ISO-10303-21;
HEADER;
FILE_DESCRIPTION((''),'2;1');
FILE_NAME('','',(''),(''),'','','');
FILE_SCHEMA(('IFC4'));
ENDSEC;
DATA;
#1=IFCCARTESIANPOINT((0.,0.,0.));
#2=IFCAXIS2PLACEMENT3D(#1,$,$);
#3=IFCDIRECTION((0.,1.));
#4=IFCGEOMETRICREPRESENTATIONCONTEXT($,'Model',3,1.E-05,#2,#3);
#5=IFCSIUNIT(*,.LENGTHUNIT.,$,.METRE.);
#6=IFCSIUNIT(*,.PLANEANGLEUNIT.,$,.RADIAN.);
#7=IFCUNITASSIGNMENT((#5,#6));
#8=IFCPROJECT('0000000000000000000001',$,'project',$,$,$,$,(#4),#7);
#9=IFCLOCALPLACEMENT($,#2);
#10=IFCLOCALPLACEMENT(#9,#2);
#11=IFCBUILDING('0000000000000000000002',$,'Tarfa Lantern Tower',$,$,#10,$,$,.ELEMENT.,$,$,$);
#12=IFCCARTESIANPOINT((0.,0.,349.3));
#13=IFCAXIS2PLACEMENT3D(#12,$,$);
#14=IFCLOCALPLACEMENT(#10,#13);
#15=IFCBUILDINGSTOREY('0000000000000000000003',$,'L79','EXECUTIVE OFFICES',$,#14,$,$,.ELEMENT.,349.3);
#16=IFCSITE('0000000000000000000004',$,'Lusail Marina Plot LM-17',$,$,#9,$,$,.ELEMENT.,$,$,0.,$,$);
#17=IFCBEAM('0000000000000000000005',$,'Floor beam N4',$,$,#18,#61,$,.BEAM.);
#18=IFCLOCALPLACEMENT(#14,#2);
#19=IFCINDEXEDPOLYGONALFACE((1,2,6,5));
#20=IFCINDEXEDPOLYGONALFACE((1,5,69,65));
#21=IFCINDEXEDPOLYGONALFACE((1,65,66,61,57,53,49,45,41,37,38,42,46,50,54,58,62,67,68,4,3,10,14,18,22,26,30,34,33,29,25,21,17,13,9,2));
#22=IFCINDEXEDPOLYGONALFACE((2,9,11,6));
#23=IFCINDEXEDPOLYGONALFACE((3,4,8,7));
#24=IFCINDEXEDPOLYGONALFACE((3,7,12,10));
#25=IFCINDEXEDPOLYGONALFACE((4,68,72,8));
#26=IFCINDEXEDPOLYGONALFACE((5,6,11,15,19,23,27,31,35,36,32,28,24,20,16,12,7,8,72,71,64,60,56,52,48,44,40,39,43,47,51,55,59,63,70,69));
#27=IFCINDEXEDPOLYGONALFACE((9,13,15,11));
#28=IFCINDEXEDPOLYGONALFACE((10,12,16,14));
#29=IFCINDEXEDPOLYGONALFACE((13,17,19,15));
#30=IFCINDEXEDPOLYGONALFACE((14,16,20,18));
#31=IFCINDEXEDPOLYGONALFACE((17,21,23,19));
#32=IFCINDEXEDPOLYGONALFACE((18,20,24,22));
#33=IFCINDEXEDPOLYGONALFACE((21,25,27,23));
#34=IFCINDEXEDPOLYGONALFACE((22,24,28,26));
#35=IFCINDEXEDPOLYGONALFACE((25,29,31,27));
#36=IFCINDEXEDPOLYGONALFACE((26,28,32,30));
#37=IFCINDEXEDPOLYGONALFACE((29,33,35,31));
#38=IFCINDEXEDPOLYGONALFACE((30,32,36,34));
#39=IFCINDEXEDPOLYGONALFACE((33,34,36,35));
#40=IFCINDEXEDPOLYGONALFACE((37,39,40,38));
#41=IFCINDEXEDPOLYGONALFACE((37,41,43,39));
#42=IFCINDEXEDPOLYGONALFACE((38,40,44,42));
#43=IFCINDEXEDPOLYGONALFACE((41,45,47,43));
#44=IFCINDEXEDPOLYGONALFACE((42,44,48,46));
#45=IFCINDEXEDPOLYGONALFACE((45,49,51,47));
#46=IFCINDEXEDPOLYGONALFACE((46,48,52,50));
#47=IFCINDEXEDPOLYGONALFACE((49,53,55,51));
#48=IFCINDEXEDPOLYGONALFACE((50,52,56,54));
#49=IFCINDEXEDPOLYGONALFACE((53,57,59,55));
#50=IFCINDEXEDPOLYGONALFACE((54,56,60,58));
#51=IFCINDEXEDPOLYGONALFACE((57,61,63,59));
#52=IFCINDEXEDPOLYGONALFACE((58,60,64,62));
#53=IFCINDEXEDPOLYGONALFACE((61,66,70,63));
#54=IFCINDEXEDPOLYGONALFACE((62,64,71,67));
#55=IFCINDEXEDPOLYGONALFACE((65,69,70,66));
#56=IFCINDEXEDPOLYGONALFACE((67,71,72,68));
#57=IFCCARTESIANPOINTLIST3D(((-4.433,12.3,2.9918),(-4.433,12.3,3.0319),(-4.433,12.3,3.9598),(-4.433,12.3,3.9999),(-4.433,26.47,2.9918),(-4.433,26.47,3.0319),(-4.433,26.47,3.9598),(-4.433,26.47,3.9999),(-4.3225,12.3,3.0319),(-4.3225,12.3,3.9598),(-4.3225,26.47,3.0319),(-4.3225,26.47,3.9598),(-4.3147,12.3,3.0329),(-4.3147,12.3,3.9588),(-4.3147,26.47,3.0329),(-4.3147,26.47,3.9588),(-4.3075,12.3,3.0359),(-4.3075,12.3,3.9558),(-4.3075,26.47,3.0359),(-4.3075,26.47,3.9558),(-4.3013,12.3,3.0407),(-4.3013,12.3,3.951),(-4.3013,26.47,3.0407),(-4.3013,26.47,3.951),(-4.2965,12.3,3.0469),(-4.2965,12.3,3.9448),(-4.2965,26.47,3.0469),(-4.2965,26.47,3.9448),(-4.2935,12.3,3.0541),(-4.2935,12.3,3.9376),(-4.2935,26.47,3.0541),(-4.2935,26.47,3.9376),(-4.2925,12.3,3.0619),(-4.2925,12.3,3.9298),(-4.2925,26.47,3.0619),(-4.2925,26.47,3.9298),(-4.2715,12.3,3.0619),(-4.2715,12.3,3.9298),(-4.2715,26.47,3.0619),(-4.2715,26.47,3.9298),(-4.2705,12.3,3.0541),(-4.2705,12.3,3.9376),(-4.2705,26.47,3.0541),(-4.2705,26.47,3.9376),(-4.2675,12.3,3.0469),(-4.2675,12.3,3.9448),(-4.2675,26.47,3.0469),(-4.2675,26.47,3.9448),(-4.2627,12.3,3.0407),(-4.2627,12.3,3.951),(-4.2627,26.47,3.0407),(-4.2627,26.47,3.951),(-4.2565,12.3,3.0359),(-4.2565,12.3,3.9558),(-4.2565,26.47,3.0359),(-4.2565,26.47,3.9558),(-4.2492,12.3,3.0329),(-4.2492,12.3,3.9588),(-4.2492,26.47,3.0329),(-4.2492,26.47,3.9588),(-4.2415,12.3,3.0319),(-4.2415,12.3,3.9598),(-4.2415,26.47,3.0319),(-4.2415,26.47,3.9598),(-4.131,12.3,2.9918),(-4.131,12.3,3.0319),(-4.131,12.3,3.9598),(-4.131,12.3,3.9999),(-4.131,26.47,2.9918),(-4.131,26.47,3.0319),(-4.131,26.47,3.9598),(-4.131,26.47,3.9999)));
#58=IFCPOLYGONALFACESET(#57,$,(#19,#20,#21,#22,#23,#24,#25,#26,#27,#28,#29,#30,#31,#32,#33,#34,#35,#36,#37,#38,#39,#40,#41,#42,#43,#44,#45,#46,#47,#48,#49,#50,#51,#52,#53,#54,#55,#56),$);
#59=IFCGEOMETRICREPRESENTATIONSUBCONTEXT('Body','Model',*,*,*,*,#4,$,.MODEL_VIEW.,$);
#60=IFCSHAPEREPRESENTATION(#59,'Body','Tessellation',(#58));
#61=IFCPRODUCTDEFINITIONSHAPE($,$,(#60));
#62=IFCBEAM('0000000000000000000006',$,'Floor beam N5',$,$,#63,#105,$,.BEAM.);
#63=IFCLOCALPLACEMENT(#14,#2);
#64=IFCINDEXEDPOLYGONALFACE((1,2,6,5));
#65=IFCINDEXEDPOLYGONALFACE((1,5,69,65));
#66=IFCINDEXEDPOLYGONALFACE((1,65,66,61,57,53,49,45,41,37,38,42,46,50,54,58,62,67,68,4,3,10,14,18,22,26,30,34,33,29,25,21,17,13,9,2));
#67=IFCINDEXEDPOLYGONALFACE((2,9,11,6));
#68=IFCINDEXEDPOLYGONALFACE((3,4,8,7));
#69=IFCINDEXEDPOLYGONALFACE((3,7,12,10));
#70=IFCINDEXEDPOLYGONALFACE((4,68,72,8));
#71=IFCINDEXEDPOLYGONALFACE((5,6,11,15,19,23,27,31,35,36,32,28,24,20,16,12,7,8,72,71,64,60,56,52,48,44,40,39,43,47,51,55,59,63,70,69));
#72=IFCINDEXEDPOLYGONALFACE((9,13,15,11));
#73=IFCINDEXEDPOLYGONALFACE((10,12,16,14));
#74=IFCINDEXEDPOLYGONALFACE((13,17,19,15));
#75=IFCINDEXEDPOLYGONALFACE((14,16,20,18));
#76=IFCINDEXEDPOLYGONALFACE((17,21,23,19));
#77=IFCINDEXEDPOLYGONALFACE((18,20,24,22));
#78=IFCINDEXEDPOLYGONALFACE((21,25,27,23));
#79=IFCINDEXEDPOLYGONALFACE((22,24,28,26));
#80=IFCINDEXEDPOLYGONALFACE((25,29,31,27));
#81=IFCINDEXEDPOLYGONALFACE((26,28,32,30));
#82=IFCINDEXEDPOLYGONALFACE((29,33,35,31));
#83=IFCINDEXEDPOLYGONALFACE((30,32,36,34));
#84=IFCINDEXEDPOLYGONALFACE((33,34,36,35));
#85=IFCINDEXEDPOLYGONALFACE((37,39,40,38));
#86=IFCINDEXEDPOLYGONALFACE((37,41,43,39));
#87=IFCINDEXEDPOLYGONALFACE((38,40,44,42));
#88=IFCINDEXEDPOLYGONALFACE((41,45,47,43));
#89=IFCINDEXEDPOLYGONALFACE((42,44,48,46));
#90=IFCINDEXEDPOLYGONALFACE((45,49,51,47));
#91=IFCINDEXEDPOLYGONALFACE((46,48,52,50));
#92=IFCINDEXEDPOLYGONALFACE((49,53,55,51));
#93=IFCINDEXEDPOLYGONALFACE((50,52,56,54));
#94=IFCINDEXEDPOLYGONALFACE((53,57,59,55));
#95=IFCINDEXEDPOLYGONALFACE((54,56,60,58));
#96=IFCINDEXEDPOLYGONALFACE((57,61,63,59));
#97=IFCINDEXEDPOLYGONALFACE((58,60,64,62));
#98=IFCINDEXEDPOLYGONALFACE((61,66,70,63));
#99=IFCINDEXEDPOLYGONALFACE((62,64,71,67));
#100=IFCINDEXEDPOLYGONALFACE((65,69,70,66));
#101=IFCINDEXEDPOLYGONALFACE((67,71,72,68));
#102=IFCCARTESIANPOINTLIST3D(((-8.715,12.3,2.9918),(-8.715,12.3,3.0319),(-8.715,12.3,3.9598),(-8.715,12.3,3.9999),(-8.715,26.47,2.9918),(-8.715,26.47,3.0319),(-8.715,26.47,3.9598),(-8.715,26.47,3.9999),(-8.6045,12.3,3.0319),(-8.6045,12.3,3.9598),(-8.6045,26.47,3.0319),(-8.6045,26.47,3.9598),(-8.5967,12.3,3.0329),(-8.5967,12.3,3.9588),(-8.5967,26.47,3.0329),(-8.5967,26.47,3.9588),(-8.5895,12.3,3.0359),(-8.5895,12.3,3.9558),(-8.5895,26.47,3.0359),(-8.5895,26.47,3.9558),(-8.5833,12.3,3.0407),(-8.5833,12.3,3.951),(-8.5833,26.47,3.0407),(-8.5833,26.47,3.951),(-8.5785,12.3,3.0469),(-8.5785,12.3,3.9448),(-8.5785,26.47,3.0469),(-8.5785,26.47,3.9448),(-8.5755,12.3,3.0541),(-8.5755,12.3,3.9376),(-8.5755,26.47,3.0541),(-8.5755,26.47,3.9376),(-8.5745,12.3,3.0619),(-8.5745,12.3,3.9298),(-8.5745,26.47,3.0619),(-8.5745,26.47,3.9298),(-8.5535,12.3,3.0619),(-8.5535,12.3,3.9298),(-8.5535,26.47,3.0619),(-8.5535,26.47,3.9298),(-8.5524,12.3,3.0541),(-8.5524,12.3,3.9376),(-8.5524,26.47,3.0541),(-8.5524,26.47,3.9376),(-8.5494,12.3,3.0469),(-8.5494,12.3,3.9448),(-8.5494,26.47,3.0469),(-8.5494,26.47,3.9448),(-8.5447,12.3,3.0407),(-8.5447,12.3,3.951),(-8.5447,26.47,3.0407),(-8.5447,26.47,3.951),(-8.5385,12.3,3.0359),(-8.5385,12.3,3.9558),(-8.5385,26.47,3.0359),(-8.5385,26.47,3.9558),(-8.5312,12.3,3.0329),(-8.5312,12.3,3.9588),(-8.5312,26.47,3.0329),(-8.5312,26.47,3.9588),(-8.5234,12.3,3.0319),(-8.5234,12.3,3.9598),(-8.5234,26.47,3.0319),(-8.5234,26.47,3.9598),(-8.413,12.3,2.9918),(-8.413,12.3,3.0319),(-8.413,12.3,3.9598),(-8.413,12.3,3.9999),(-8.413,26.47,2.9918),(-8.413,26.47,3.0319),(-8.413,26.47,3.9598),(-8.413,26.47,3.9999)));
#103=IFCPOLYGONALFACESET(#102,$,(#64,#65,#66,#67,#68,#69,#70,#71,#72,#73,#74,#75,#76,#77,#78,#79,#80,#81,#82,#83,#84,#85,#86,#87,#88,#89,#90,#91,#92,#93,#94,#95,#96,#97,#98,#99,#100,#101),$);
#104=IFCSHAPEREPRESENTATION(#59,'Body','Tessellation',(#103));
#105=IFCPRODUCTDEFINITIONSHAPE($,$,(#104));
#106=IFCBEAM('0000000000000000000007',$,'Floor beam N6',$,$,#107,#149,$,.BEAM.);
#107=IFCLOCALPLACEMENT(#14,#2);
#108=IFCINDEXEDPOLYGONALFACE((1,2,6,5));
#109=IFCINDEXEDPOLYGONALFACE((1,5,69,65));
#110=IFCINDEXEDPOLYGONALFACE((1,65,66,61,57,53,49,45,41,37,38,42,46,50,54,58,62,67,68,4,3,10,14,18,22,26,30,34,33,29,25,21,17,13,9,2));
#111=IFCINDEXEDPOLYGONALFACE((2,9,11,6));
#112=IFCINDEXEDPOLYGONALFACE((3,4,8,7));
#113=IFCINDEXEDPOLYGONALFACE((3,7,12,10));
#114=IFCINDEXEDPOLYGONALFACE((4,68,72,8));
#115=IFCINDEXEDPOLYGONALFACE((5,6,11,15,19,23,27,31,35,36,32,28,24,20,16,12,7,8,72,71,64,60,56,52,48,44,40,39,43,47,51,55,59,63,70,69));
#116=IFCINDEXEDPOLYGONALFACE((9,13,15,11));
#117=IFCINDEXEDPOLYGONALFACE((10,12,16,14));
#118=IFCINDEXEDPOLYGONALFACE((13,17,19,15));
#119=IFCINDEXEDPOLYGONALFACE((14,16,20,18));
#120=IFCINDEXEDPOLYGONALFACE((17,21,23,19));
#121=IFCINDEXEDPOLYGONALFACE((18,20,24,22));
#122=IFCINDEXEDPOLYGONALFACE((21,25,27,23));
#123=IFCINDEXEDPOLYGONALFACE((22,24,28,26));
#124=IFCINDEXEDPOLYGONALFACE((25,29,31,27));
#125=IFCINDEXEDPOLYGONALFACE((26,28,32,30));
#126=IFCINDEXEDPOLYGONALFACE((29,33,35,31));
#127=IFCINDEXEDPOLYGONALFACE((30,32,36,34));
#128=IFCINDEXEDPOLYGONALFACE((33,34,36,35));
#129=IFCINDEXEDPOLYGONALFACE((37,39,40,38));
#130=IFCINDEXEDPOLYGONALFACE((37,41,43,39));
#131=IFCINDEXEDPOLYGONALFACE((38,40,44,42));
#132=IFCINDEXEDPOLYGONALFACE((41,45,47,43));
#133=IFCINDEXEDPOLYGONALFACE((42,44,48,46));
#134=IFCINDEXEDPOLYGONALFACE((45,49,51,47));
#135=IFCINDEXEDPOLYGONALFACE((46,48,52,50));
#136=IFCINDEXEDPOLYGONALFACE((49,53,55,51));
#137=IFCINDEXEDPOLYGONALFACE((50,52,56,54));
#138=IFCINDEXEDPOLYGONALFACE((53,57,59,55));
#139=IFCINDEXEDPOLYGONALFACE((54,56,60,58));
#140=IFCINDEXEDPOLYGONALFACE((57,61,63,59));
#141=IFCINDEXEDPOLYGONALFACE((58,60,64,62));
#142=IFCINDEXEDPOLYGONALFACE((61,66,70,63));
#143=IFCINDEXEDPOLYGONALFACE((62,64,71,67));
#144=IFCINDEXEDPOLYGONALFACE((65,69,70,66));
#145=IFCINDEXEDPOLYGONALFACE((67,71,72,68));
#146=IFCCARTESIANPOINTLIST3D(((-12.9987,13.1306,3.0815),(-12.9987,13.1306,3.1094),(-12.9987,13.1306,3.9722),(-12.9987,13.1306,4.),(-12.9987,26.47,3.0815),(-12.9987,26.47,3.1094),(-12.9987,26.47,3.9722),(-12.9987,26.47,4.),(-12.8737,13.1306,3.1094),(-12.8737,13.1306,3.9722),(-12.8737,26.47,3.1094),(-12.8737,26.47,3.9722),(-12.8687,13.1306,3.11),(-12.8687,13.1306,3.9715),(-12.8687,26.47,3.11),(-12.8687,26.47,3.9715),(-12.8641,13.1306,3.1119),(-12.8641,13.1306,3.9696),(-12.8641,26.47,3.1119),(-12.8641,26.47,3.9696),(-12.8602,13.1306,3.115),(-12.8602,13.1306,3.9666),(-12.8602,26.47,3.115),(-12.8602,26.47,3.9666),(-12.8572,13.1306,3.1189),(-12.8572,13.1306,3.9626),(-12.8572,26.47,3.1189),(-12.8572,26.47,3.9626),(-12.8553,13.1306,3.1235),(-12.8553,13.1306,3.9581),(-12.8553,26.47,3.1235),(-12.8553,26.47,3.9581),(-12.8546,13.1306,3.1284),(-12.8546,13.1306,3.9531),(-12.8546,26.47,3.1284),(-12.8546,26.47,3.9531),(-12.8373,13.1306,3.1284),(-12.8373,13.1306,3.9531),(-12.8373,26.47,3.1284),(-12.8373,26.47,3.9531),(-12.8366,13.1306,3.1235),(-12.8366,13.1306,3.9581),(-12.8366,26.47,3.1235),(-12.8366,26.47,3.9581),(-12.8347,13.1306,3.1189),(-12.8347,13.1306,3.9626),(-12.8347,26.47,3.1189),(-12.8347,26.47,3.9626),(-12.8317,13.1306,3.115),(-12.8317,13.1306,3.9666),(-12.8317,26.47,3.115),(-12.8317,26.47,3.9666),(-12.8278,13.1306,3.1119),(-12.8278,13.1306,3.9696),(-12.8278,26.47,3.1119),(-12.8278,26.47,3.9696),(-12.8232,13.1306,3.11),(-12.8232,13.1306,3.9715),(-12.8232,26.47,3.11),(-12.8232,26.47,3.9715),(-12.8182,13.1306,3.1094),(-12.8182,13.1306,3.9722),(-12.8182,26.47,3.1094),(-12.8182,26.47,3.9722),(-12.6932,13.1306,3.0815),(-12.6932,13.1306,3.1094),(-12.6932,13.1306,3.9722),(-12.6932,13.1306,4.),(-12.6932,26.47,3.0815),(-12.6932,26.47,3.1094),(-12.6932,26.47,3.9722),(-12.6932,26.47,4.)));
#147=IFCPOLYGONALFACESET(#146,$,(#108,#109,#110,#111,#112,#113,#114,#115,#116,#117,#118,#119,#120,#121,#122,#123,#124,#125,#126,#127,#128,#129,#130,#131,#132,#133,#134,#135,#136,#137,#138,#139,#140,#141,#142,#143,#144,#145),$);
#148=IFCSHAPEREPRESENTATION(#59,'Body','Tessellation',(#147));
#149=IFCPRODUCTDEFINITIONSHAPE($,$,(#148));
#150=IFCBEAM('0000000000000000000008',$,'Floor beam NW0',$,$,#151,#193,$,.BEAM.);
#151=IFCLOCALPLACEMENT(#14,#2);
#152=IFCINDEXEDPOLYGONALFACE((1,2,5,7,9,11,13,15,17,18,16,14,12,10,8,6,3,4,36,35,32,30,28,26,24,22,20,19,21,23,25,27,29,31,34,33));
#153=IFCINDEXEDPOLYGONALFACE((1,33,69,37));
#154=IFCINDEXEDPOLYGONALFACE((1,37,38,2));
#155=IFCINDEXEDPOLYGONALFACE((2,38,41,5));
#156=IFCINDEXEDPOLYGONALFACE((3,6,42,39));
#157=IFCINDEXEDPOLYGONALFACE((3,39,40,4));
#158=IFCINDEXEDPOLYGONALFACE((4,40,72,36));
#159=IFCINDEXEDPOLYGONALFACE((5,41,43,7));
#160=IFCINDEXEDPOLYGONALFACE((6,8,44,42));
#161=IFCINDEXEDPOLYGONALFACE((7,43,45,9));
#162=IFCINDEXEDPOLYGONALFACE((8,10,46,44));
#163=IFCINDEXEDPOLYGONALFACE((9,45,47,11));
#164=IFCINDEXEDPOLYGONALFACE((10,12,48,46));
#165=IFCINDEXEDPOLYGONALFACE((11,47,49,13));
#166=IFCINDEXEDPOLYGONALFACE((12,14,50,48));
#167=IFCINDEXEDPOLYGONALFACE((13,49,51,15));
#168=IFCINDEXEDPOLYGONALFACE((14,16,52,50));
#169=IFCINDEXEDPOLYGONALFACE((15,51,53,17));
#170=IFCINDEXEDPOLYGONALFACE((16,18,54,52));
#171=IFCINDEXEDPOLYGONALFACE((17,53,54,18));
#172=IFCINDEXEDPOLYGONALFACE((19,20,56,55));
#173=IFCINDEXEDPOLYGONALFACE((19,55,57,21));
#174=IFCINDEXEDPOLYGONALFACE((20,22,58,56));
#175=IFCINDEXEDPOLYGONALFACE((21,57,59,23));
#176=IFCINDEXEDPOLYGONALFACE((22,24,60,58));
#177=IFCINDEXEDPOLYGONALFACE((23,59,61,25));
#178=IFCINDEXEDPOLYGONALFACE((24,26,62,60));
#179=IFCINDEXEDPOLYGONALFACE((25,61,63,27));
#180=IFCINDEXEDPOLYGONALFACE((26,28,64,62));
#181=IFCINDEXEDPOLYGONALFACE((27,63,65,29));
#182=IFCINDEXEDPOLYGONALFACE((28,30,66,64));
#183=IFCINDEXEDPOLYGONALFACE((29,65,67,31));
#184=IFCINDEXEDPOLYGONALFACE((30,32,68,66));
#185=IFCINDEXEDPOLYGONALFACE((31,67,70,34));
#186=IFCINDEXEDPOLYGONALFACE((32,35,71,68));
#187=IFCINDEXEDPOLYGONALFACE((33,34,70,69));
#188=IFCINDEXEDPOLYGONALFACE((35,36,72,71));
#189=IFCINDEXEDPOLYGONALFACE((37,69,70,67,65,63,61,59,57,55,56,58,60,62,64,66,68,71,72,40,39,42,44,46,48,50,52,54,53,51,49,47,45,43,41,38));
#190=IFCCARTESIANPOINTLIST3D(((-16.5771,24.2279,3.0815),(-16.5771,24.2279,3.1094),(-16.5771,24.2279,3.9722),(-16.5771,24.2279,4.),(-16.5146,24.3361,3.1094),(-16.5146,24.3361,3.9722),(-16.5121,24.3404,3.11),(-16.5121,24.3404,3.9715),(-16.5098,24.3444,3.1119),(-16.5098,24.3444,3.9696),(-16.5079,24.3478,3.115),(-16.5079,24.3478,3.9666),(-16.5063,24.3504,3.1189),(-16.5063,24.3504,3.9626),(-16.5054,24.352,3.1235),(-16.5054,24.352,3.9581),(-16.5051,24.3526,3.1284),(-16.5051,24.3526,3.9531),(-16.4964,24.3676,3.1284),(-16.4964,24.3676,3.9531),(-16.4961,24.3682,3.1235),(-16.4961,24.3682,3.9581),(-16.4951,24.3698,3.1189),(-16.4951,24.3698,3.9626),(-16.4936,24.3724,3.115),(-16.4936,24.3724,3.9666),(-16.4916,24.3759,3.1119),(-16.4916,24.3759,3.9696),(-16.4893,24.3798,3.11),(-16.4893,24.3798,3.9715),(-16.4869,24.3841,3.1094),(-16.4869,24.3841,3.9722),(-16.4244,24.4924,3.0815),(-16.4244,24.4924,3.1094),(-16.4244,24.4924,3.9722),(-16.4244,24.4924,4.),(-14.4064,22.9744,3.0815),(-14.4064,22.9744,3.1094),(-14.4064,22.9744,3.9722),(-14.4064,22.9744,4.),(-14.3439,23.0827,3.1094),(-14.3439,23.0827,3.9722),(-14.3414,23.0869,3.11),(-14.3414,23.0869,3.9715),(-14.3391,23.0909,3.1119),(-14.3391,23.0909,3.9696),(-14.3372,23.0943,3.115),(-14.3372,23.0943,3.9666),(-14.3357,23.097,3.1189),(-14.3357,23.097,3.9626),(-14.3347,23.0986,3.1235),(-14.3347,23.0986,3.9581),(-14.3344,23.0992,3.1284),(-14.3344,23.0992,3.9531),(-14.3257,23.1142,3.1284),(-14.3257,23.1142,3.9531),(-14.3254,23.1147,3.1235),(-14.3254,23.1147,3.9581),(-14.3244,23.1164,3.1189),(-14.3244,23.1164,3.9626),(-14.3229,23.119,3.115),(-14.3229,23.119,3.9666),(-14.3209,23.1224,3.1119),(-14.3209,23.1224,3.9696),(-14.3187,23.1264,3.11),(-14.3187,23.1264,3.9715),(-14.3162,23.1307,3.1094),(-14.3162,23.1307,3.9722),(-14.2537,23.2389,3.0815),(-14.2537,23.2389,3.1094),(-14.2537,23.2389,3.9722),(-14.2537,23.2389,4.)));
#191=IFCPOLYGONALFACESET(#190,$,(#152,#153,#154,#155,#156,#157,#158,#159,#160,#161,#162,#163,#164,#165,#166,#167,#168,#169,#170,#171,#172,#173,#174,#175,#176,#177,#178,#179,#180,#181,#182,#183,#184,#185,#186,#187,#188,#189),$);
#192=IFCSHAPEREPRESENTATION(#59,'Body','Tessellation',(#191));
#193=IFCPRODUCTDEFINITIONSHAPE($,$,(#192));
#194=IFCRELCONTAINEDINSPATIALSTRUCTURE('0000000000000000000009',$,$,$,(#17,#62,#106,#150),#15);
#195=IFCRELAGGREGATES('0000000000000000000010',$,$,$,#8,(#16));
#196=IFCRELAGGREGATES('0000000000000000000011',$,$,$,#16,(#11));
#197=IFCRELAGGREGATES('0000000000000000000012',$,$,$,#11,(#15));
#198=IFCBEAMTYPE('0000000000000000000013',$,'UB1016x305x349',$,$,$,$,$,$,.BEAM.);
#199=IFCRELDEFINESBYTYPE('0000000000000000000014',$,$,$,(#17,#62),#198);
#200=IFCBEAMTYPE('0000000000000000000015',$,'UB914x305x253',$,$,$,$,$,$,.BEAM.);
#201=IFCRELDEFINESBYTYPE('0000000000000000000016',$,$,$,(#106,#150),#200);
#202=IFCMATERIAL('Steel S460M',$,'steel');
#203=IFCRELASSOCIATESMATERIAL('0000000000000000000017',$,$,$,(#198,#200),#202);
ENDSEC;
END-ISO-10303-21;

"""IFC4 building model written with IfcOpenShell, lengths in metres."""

from ifc_helpers import new_model, si_unit, direction, frame, origin, origin_2d, place, context, subcontext, project, spatial, i_section, extrude, material, material_profile, profile_set, type_object, element, save


model = new_model("IFC4")

# Units and contexts
model_context = context("Model", 3, precision=1e-05, world=origin(), true_north=direction((0.0, 1.0)))
body_context = subcontext(model_context, "Body", "Model", "MODEL_VIEW")
ifc_project = project(units=[si_unit("LENGTHUNIT", "METRE"), si_unit("PLANEANGLEUNIT", "RADIAN")], contexts=[model_context])

# Site, building, storey
site_placement = place(None, origin())
site = spatial("IfcSite", under=ifc_project, at=site_placement, Name="Lusail Marina Plot LM-17", CompositionType="ELEMENT", RefElevation=0.0)
building_placement = place(site_placement, origin())
building = spatial("IfcBuilding", under=site, at=building_placement, Name="Tarfa Lantern Tower", CompositionType="ELEMENT")
storey_placement = place(building_placement, frame((0.0, 0.0, 349.3)))
storey = spatial("IfcBuildingStorey", under=building, at=storey_placement, Name="L79", Description="EXECUTIVE OFFICES", CompositionType="ELEMENT", Elevation=349.3)

# Beams
ifc_material_1 = material(Name="Steel S460M", Category="steel")
ifc_material_profile_1 = material_profile(ifc_material_1, i_section(OverallWidth=0.302, OverallDepth=1.0081, WebThickness=0.021, FlangeThickness=0.04, FilletRadius=0.03, at=origin_2d()), Name="UB1016x305x349")
ifc_profile_set_1 = profile_set([ifc_material_profile_1], Name="Steel S460M")
beam_type_1 = type_object("IfcBeamType", Name="UB1016x305x349", PredefinedType="BEAM", material=ifc_profile_set_1)
for number, where, z_axis, x_axis, name in (
    (1, (-4.282, 26.47, 3.4958), (0.0, -1.0, 0.0), (1.0, 0.0, 0.0), "Floor beam N4"),
    (2, (-8.564, 26.47, 3.4958), (0.0, -1.0, 0.0), (1.0, 0.0, 0.0), "Floor beam N5"),
):
    element("IfcBeam", number, at=place(storey_placement, frame(where, z_axis=z_axis, x_axis=x_axis)), inside=storey, type_object=beam_type_1, Name=name, PredefinedType="BEAM", context=body_context, shape_type="SweptSolid", body=[
        extrude(i_section(OverallWidth=0.302, OverallDepth=1.0081, WebThickness=0.021, FlangeThickness=0.04, FilletRadius=0.03, at=origin_2d()), origin(), (0.0, 0.0, 1.0), 14.1699),
    ])
ifc_material_profile_2 = material_profile(ifc_material_1, i_section(OverallWidth=0.3054, OverallDepth=0.9185, WebThickness=0.0173, FlangeThickness=0.0278, FilletRadius=0.019, at=origin_2d()), Name="UB914x305x253")
ifc_profile_set_2 = profile_set([ifc_material_profile_2], Name="Steel S460M")
beam_type_2 = type_object("IfcBeamType", Name="UB914x305x253", PredefinedType="BEAM", material=ifc_profile_set_2)
beam_1_placement = place(storey_placement, frame((-12.8459, 26.47, 3.5408), z_axis=(0.0, -1.0, 0.0), x_axis=(1.0, 0.0, 0.0)))
element("IfcBeam", 3, at=beam_1_placement, inside=storey, type_object=beam_type_2, Name="Floor beam N6", PredefinedType="BEAM", context=body_context, shape_type="SweptSolid", body=[
    extrude(i_section(OverallWidth=0.3054, OverallDepth=0.9185, WebThickness=0.0173, FlangeThickness=0.0278, FilletRadius=0.019, at=origin_2d()), origin(), (0.0, 0.0, 1.0), 13.3394),
])
beam_2_placement = place(storey_placement, frame((-16.5007, 24.3601, 3.5408), z_axis=(0.865993, -0.500057, 0.0), x_axis=(0.500057, 0.865993, 0.0)))
element("IfcBeam", 4, at=beam_2_placement, inside=storey, type_object=beam_type_2, Name="Floor beam NW0", PredefinedType="BEAM", context=body_context, shape_type="SweptSolid", body=[
    extrude(i_section(OverallWidth=0.3054, OverallDepth=0.9185, WebThickness=0.0173, FlangeThickness=0.0278, FilletRadius=0.019, at=origin_2d()), origin(), (0.0, 0.0, 1.0), 2.5066),
])

save(model, "model.ifc")
